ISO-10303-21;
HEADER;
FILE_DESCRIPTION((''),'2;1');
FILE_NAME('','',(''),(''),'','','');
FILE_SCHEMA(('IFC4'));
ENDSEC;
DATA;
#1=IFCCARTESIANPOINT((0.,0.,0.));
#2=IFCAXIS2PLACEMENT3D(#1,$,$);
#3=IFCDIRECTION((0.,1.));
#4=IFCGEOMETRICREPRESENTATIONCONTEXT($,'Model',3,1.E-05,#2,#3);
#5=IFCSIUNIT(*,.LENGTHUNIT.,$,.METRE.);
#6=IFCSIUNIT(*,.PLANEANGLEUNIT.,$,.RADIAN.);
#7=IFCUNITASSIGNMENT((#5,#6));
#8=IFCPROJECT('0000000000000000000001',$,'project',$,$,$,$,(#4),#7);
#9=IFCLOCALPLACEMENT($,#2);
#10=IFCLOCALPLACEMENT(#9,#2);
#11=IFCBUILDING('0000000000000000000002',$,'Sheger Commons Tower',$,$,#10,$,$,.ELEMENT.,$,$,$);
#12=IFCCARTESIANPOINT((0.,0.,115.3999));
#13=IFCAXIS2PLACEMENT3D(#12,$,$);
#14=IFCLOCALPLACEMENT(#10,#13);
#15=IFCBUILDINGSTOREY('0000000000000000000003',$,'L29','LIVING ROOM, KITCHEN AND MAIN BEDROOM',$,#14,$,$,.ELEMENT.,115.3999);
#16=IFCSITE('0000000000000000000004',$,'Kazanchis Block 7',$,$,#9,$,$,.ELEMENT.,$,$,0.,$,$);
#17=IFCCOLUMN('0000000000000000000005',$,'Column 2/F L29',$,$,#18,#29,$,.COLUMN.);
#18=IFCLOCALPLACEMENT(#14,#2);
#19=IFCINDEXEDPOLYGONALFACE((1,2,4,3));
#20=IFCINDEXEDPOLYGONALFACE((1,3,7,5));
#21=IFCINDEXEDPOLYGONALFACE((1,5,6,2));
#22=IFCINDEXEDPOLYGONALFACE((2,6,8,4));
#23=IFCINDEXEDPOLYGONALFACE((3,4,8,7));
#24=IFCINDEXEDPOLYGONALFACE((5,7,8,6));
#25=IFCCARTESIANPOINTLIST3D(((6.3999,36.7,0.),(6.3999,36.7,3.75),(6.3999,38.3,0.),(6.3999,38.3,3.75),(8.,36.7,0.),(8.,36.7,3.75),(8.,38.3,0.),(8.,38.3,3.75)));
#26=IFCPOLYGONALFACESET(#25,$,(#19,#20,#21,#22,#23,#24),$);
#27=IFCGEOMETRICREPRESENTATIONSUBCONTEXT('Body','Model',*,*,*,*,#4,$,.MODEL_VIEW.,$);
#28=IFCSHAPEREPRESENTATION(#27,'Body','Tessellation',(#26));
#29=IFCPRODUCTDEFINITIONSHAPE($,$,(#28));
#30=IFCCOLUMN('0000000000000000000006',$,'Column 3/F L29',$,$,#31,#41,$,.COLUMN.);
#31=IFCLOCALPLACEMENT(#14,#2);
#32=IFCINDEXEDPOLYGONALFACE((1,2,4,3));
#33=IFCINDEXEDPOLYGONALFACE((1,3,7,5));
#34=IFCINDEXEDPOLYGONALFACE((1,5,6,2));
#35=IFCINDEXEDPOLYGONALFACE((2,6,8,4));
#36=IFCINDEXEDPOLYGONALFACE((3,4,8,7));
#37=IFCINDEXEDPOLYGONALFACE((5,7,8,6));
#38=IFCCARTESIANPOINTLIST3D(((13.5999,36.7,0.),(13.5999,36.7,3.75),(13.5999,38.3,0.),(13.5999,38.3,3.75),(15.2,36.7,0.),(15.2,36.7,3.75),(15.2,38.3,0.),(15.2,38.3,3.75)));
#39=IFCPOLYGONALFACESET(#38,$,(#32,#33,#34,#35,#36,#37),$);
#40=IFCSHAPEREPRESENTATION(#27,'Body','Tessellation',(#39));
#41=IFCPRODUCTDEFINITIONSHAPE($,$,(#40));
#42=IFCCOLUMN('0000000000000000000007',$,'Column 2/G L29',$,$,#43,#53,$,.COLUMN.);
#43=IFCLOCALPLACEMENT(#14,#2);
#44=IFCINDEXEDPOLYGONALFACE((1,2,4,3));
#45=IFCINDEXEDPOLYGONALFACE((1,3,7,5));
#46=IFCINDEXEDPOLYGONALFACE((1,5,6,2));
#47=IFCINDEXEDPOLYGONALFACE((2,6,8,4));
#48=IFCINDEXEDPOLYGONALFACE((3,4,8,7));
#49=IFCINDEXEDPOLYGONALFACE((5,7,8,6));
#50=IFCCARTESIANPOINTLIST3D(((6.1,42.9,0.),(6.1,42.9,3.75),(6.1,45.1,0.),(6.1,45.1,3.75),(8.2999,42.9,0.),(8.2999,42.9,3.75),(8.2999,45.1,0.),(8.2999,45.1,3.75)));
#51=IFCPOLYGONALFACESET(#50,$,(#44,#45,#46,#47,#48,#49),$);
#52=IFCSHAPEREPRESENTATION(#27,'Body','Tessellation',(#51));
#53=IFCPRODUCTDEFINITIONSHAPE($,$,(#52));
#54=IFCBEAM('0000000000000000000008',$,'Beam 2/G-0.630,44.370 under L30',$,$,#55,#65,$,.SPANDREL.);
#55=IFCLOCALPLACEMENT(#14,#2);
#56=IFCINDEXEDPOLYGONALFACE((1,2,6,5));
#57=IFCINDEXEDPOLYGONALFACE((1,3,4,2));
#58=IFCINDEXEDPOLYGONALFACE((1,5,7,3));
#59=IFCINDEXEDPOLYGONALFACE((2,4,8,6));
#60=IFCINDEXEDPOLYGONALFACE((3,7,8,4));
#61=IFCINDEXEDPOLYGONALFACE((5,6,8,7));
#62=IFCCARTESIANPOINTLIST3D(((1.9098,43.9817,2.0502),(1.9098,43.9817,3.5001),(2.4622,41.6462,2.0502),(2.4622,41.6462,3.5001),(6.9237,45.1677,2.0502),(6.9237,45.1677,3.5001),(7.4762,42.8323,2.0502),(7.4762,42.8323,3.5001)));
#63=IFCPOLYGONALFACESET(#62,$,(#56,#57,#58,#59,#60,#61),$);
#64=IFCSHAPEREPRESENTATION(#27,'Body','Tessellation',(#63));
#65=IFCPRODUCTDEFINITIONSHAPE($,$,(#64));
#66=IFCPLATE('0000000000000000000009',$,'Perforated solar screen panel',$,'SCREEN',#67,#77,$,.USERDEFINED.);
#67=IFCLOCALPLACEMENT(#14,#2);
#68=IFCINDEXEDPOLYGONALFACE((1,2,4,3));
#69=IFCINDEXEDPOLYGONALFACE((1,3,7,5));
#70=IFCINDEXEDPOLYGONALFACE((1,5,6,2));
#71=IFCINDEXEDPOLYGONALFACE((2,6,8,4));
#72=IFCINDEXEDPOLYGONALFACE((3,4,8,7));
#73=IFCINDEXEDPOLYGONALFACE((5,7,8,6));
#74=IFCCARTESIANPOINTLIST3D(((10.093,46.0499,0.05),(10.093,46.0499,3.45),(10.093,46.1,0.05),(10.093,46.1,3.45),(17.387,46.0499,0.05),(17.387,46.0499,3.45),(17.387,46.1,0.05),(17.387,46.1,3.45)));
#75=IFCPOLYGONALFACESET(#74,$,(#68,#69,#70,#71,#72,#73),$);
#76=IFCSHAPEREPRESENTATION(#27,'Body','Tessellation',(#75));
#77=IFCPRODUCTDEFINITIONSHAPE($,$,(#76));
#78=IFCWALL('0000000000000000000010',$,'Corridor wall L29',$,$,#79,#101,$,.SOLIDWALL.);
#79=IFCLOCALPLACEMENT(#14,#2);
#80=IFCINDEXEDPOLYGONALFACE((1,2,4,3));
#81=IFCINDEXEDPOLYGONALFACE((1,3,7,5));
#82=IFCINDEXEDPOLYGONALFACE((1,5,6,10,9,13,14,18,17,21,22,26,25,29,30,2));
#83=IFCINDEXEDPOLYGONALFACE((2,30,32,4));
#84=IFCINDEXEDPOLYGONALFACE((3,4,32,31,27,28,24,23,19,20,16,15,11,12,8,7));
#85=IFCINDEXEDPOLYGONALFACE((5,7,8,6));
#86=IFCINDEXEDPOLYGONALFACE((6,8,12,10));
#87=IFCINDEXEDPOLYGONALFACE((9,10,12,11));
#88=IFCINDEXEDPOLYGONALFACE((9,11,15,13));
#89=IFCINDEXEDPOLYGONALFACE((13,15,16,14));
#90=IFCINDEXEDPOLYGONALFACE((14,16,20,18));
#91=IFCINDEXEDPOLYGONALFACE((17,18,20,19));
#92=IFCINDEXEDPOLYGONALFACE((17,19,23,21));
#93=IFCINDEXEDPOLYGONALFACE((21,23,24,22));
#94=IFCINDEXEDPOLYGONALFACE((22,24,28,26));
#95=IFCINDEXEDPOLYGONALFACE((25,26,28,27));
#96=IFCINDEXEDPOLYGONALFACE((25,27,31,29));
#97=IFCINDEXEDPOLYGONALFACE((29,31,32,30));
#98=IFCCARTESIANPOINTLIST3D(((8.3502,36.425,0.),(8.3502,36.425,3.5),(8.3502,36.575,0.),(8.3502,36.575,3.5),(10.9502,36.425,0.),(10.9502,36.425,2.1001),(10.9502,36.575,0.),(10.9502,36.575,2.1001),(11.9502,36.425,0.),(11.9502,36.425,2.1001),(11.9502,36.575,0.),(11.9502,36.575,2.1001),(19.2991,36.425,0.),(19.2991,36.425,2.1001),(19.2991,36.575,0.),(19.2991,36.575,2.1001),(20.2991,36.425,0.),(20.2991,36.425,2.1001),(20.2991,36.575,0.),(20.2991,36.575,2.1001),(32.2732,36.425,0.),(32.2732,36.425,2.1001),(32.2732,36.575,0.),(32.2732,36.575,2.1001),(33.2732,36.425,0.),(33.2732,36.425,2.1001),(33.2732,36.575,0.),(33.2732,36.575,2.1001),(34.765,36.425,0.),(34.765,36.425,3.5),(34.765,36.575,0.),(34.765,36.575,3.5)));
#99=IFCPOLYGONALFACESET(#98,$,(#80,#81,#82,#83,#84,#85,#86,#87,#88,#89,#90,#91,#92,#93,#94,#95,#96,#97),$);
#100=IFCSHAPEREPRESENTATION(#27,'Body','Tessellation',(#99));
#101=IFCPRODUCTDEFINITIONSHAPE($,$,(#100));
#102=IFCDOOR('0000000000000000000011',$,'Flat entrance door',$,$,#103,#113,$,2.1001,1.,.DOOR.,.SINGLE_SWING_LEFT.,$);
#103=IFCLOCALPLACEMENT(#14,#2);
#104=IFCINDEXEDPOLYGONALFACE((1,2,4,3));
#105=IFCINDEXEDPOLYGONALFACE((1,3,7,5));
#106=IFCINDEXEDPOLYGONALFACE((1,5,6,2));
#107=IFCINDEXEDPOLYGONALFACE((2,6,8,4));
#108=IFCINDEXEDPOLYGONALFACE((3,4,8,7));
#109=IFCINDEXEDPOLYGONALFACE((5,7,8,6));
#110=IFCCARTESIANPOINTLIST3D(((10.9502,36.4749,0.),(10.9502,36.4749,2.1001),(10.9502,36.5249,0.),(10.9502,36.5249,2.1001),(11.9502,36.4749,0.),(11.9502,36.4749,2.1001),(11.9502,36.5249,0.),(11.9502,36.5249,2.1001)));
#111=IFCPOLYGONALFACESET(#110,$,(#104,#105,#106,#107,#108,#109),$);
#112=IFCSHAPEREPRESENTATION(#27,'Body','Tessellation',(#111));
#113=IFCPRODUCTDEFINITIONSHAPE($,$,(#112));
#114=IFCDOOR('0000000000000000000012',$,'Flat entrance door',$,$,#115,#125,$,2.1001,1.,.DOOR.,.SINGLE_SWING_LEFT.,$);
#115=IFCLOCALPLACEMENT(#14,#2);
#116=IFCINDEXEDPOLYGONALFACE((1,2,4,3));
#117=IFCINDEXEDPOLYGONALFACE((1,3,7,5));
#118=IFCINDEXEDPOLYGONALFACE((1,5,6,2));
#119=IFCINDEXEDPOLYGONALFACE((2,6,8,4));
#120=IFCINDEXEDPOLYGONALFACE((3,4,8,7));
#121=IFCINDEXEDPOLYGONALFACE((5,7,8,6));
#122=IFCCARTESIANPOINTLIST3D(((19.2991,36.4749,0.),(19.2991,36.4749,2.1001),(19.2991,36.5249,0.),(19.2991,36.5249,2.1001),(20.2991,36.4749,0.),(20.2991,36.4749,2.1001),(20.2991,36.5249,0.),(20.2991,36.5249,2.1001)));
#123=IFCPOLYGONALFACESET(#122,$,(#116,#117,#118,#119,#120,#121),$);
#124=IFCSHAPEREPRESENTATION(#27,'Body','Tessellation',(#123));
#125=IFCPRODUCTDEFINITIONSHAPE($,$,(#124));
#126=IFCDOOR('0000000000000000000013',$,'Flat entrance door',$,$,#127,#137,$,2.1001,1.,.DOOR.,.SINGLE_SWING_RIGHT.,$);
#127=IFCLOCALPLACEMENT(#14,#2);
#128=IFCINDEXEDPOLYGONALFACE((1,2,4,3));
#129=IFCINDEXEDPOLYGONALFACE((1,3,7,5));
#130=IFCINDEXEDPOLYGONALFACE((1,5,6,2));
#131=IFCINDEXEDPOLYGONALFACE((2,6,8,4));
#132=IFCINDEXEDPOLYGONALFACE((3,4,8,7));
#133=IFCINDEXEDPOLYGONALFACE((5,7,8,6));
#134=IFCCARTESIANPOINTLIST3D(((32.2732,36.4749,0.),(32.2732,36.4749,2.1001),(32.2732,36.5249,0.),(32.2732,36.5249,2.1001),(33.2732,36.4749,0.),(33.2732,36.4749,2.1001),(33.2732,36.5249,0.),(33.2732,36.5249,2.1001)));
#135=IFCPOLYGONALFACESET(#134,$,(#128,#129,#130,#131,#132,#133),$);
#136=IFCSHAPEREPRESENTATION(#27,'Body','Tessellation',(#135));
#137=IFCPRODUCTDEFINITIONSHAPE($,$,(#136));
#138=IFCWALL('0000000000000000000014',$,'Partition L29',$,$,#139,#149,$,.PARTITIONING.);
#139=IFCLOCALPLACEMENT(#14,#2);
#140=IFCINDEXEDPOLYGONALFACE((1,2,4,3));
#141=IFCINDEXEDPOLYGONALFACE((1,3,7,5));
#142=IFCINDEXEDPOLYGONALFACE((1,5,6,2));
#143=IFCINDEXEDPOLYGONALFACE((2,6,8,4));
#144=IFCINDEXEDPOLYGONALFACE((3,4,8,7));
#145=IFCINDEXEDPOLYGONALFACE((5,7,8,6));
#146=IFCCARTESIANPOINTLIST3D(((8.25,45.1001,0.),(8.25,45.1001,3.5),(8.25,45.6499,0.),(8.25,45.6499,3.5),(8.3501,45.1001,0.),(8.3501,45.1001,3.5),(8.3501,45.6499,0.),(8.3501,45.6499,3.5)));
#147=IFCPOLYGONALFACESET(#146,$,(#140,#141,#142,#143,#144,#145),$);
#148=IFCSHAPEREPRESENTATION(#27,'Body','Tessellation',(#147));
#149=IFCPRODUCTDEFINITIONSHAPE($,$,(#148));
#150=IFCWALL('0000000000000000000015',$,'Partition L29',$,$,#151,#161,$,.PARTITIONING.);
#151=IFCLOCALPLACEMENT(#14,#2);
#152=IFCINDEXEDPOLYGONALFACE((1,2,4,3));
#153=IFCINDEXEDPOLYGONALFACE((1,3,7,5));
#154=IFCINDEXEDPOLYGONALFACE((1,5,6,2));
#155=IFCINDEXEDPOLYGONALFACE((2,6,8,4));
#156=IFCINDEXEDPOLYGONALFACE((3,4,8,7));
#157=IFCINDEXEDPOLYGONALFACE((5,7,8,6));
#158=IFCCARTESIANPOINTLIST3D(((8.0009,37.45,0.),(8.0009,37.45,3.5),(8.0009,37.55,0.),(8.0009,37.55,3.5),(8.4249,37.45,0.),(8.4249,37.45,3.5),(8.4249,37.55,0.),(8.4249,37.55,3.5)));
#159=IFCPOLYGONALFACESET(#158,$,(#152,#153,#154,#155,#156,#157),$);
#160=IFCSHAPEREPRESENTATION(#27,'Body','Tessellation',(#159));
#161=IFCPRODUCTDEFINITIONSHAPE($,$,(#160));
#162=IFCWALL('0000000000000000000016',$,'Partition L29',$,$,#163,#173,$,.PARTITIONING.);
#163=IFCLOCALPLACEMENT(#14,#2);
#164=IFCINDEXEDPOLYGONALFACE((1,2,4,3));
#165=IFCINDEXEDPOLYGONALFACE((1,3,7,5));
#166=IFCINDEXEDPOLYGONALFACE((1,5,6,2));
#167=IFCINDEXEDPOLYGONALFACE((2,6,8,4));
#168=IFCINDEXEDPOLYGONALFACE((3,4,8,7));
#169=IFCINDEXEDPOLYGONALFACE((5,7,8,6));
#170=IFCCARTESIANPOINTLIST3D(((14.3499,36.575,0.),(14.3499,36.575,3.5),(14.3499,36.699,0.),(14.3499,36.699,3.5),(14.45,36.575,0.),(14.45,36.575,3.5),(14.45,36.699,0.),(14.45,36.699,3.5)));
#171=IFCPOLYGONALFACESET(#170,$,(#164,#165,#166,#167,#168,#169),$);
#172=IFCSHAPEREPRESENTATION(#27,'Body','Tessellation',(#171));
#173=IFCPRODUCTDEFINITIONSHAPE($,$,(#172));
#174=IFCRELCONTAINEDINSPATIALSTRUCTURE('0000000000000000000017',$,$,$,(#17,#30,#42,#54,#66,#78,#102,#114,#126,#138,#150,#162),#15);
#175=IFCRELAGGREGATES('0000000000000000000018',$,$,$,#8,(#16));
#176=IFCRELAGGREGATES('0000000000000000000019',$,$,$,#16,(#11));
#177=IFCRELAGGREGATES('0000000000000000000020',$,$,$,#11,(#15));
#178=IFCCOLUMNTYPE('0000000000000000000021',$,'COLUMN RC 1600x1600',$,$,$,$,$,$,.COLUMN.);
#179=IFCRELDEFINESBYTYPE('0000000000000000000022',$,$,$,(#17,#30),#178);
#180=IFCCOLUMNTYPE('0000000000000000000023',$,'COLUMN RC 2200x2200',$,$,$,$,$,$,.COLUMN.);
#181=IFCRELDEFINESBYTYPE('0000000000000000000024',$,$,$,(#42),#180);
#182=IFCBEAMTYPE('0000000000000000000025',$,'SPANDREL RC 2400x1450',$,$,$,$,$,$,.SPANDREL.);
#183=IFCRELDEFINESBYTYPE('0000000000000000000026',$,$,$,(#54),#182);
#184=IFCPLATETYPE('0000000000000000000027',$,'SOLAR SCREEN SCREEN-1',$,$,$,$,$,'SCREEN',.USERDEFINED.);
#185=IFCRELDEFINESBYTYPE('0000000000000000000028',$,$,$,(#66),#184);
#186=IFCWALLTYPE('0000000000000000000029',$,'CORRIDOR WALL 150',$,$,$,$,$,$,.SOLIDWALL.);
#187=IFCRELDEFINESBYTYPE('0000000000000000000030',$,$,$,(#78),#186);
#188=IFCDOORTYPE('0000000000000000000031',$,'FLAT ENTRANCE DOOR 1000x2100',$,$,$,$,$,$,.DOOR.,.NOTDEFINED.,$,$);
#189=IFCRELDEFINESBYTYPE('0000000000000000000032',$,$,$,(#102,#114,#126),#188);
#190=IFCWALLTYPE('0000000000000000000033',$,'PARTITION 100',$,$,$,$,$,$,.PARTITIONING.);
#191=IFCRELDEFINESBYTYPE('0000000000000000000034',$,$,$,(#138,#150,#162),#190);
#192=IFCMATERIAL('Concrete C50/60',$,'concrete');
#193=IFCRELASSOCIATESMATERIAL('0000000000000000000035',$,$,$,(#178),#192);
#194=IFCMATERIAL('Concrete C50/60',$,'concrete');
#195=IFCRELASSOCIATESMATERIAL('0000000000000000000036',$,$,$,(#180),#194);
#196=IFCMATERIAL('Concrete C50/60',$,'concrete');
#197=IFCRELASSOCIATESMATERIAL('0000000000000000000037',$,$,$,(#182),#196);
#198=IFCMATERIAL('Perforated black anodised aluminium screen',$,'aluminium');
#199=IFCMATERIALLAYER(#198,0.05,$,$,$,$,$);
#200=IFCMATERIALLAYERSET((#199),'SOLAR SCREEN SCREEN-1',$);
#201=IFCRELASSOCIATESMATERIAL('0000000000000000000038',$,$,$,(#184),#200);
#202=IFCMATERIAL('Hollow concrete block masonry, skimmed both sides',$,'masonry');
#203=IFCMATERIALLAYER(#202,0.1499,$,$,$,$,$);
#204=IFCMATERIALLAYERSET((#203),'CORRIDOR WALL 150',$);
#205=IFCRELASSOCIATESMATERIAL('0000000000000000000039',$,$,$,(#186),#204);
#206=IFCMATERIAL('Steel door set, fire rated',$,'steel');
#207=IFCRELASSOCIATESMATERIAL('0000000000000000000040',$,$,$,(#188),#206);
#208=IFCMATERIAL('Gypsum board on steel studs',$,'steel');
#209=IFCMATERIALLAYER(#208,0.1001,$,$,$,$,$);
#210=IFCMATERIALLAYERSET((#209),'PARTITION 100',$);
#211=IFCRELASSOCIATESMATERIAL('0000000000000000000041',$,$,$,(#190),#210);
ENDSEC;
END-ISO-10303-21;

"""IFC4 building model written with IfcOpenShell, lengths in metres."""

from ifc_helpers import new_model, si_unit, direction, frame, frame_2d, origin, origin_2d, place, context, subcontext, project, spatial, rectangle, extrude, material, layer, layer_set, material_profile, profile_set, type_object, element, fill, save


model = new_model("IFC4")

# Units and contexts
model_context = context("Model", 3, precision=1e-05, world=origin(), true_north=direction((0.0, 1.0)))
body_context = subcontext(model_context, "Body", "Model", "MODEL_VIEW")
ifc_project = project(units=[si_unit("LENGTHUNIT", "METRE"), si_unit("PLANEANGLEUNIT", "RADIAN")], contexts=[model_context])

# Site, building, storey
site_placement = place(None, origin())
site = spatial("IfcSite", under=ifc_project, at=site_placement, Name="Kazanchis Block 7", CompositionType="ELEMENT", RefElevation=0.0)
building_placement = place(site_placement, origin())
building = spatial("IfcBuilding", under=site, at=building_placement, Name="Sheger Commons Tower", CompositionType="ELEMENT")
storey_placement = place(building_placement, frame((0.0, 0.0, 115.3999)))
storey = spatial("IfcBuildingStorey", under=building, at=storey_placement, Name="L29", Description="LIVING ROOM, KITCHEN AND MAIN BEDROOM", CompositionType="ELEMENT", Elevation=115.3999)

# Columns
ifc_material_1 = material(Name="Concrete C50/60", Category="concrete")
ifc_material_profile_1 = material_profile(ifc_material_1, rectangle(XDim=1.6001, YDim=1.6001, at=origin_2d()), Name="RC 1600x1600")
ifc_profile_set_1 = profile_set([ifc_material_profile_1], Name="Concrete C50/60")
column_type_1 = type_object("IfcColumnType", Name="COLUMN RC 1600x1600", PredefinedType="COLUMN", material=ifc_profile_set_1)
for number, where, z_axis, x_axis, name in (
    (1, (7.2, 37.5, 0.0), (0.0, 0.0, 1.0), (1.0, 0.0, 0.0), "Column 2/F L29"),
    (2, (14.3999, 37.5, 0.0), (0.0, 0.0, 1.0), (1.0, 0.0, 0.0), "Column 3/F L29"),
):
    element("IfcColumn", number, at=place(storey_placement, frame(where, z_axis=z_axis, x_axis=x_axis)), inside=storey, type_object=column_type_1, Name=name, PredefinedType="COLUMN", context=body_context, shape_type="SweptSolid", body=[
        extrude(rectangle(XDim=1.6001, YDim=1.6001, at=origin_2d()), origin(), (0.0, 0.0, 1.0), 3.75),
    ])
ifc_material_2 = material(Name="Concrete C50/60", Category="concrete")
ifc_material_profile_2 = material_profile(ifc_material_2, rectangle(XDim=2.2, YDim=2.2, at=origin_2d()), Name="RC 2200x2200")
ifc_profile_set_2 = profile_set([ifc_material_profile_2], Name="Concrete C50/60")
column_type_2 = type_object("IfcColumnType", Name="COLUMN RC 2200x2200", PredefinedType="COLUMN", material=ifc_profile_set_2)
column_placement = place(storey_placement, frame((7.2, 44.0, 0.0), z_axis=(0.0, 0.0, 1.0), x_axis=(1.0, 0.0, 0.0)))
element("IfcColumn", 3, at=column_placement, inside=storey, type_object=column_type_2, Name="Column 2/G L29", PredefinedType="COLUMN", context=body_context, shape_type="SweptSolid", body=[
    extrude(rectangle(XDim=2.2, YDim=2.2, at=origin_2d()), origin(), (0.0, 0.0, 1.0), 3.75),
])

# Beam
ifc_material_3 = material(Name="Concrete C50/60", Category="concrete")
ifc_material_profile_3 = material_profile(ifc_material_3, rectangle(XDim=2.3999, YDim=1.45, at=origin_2d()), Name="RC 2400x1450")
ifc_profile_set_3 = profile_set([ifc_material_profile_3], Name="Concrete C50/60")
beam_type = type_object("IfcBeamType", Name="SPANDREL RC 2400x1450", PredefinedType="SPANDREL", material=ifc_profile_set_3)
beam_placement = place(storey_placement, frame((7.2, 44.0, 2.7751), z_axis=(-0.973144, -0.230196, 0.0), x_axis=(0.230196, -0.973144, 0.0)))
element("IfcBeam", 4, at=beam_placement, inside=storey, type_object=beam_type, Name="Beam 2/G-0.630,44.370 under L30", PredefinedType="SPANDREL", context=body_context, shape_type="SweptSolid", body=[
    extrude(rectangle(XDim=2.3999, YDim=1.45, at=origin_2d()), origin(), (0.0, 0.0, 1.0), 5.1523),
])

# Plate
ifc_material_4 = material(Name="Perforated black anodised aluminium screen", Category="aluminium")
ifc_layer_1 = layer(ifc_material_4, 0.05)
ifc_layer_set_1 = layer_set([ifc_layer_1], Name="SOLAR SCREEN SCREEN-1")
plate_type = type_object("IfcPlateType", Name="SOLAR SCREEN SCREEN-1", ElementType="SCREEN", PredefinedType="USERDEFINED", material=ifc_layer_set_1)
plate_placement = place(storey_placement, frame((13.74, 46.075, 0.05), z_axis=(0.0, 0.0, 1.0), x_axis=(-1.0, 0.0, 0.0)))
element("IfcPlate", 5, at=plate_placement, inside=storey, type_object=plate_type, Name="Perforated solar screen panel", ObjectType="SCREEN", PredefinedType="USERDEFINED", context=body_context, shape_type="SweptSolid", body=[
    extrude(rectangle(XDim=7.2939, YDim=0.05, at=origin_2d()), origin(), (0.0, 0.0, 1.0), 3.3999),
])

# Wall, openings, doors
ifc_material_5 = material(Name="Hollow concrete block masonry, skimmed both sides", Category="masonry")
ifc_layer_2 = layer(ifc_material_5, 0.1499)
ifc_layer_set_2 = layer_set([ifc_layer_2], Name="CORRIDOR WALL 150")
wall_type_1 = type_object("IfcWallType", Name="CORRIDOR WALL 150", PredefinedType="SOLIDWALL", material=ifc_layer_set_2)
wall_1_placement = place(storey_placement, frame((8.3501, 36.5, 0.0), z_axis=(0.0, 0.0, 1.0), x_axis=(1.0, 0.0, 0.0)))
wall_1 = element("IfcWall", 6, at=wall_1_placement, inside=storey, type_object=wall_type_1, Name="Corridor wall L29", PredefinedType="SOLIDWALL", context=body_context, shape_type="SweptSolid", body=[
    extrude(rectangle(XDim=26.4148, YDim=0.1499, at=frame_2d((13.2075, 0.0))), origin(), (0.0, 0.0, 1.0), 3.5),
])
opening_1_placement = place(wall_1_placement, frame((2.6001, 0.0, 0.0)))
opening_1 = element("IfcOpeningElement", 7, at=opening_1_placement, cuts=wall_1, PredefinedType="OPENING", context=body_context, shape_type="SweptSolid", body=[
    extrude(rectangle(XDim=1.0, YDim=2.1001, at=frame_2d((0.5, 1.05))), frame((0.0, 0.085, 0.0), z_axis=(0.0, -1.0, 0.0), x_axis=(1.0, 0.0, 0.0)), (0.0, 0.0, 1.0), 0.1699),
])
opening_2_placement = place(wall_1_placement, frame((10.949, 0.0, 0.0)))
opening_2 = element("IfcOpeningElement", 8, at=opening_2_placement, cuts=wall_1, PredefinedType="OPENING", context=body_context, shape_type="SweptSolid", body=[
    extrude(rectangle(XDim=1.0, YDim=2.1001, at=frame_2d((0.5, 1.05))), frame((0.0, 0.085, 0.0), z_axis=(0.0, -1.0, 0.0), x_axis=(1.0, 0.0, 0.0)), (0.0, 0.0, 1.0), 0.1699),
])
opening_3_placement = place(wall_1_placement, frame((23.9231, 0.0, 0.0)))
opening_3 = element("IfcOpeningElement", 9, at=opening_3_placement, cuts=wall_1, PredefinedType="OPENING", context=body_context, shape_type="SweptSolid", body=[
    extrude(rectangle(XDim=1.0, YDim=2.1001, at=frame_2d((0.5, 1.05))), frame((0.0, 0.085, 0.0), z_axis=(0.0, -1.0, 0.0), x_axis=(1.0, 0.0, 0.0)), (0.0, 0.0, 1.0), 0.1699),
])
ifc_material_6 = material(Name="Steel door set, fire rated", Category="steel")
door_type_1 = type_object("IfcDoorType", Name="FLAT ENTRANCE DOOR 1000x2100", OperationType="NOTDEFINED", PredefinedType="DOOR", material=ifc_material_6)
door_1_placement = place(opening_1_placement, origin())
door_1 = element("IfcDoor", 10, at=door_1_placement, inside=storey, type_object=door_type_1, Name="Flat entrance door", OperationType="SINGLE_SWING_LEFT", OverallHeight=2.1001, OverallWidth=1.0, PredefinedType="DOOR", context=body_context, shape_type="SweptSolid", body=[
    extrude(rectangle(XDim=1.0, YDim=2.1001, at=frame_2d((0.5, 1.05))), frame((0.0, 0.0249, 0.0), z_axis=(0.0, -1.0, 0.0), x_axis=(1.0, 0.0, 0.0)), (0.0, 0.0, 1.0), 0.05),
])
fill(opening_1, door_1)
door_2_placement = place(opening_2_placement, origin())
door_2 = element("IfcDoor", 11, at=door_2_placement, inside=storey, type_object=door_type_1, Name="Flat entrance door", OperationType="SINGLE_SWING_LEFT", OverallHeight=2.1001, OverallWidth=1.0, PredefinedType="DOOR", context=body_context, shape_type="SweptSolid", body=[
    extrude(rectangle(XDim=1.0, YDim=2.1001, at=frame_2d((0.5, 1.05))), frame((0.0, 0.0249, 0.0), z_axis=(0.0, -1.0, 0.0), x_axis=(1.0, 0.0, 0.0)), (0.0, 0.0, 1.0), 0.05),
])
fill(opening_2, door_2)
door_3_placement = place(opening_3_placement, origin())
door_3 = element("IfcDoor", 12, at=door_3_placement, inside=storey, type_object=door_type_1, Name="Flat entrance door", OperationType="SINGLE_SWING_RIGHT", OverallHeight=2.1001, OverallWidth=1.0, PredefinedType="DOOR", context=body_context, shape_type="SweptSolid", body=[
    extrude(rectangle(XDim=1.0, YDim=2.1001, at=frame_2d((0.5, 1.05))), frame((0.0, 0.0249, 0.0), z_axis=(0.0, -1.0, 0.0), x_axis=(1.0, 0.0, 0.0)), (0.0, 0.0, 1.0), 0.05),
])
fill(opening_3, door_3)

# Walls
ifc_material_7 = material(Name="Gypsum board on steel studs", Category="steel")
ifc_layer_3 = layer(ifc_material_7, 0.1001)
ifc_layer_set_3 = layer_set([ifc_layer_3], Name="PARTITION 100")
wall_type_2 = type_object("IfcWallType", Name="PARTITION 100", PredefinedType="PARTITIONING", material=ifc_layer_set_3)
wall_2_placement = place(storey_placement, frame((8.3, 45.6499, 0.0), z_axis=(0.0, 0.0, 1.0), x_axis=(0.0, -1.0, 0.0)))
element("IfcWall", 13, at=wall_2_placement, inside=storey, type_object=wall_type_2, Name="Partition L29", PredefinedType="PARTITIONING", context=body_context, shape_type="SweptSolid", body=[
    extrude(rectangle(XDim=0.5498, YDim=0.1001, at=frame_2d((0.2749, 0.0))), origin(), (0.0, 0.0, 1.0), 3.5),
])
wall_3_placement = place(storey_placement, frame((8.001, 37.5, 0.0), z_axis=(0.0, 0.0, 1.0), x_axis=(1.0, 0.0, 0.0)))
element("IfcWall", 14, at=wall_3_placement, inside=storey, type_object=wall_type_2, Name="Partition L29", PredefinedType="PARTITIONING", context=body_context, shape_type="SweptSolid", body=[
    extrude(rectangle(XDim=0.4241, YDim=0.1001, at=frame_2d((0.2119, 0.0))), origin(), (0.0, 0.0, 1.0), 3.5),
])
wall_4_placement = place(storey_placement, frame((14.3999, 36.575, 0.0), z_axis=(0.0, 0.0, 1.0), x_axis=(0.0, 1.0, 0.0)))
element("IfcWall", 15, at=wall_4_placement, inside=storey, type_object=wall_type_2, Name="Partition L29", PredefinedType="PARTITIONING", context=body_context, shape_type="SweptSolid", body=[
    extrude(rectangle(XDim=0.124, YDim=0.1001, at=frame_2d((0.062, 0.0))), origin(), (0.0, 0.0, 1.0), 3.5),
])

save(model, "model.ifc")
